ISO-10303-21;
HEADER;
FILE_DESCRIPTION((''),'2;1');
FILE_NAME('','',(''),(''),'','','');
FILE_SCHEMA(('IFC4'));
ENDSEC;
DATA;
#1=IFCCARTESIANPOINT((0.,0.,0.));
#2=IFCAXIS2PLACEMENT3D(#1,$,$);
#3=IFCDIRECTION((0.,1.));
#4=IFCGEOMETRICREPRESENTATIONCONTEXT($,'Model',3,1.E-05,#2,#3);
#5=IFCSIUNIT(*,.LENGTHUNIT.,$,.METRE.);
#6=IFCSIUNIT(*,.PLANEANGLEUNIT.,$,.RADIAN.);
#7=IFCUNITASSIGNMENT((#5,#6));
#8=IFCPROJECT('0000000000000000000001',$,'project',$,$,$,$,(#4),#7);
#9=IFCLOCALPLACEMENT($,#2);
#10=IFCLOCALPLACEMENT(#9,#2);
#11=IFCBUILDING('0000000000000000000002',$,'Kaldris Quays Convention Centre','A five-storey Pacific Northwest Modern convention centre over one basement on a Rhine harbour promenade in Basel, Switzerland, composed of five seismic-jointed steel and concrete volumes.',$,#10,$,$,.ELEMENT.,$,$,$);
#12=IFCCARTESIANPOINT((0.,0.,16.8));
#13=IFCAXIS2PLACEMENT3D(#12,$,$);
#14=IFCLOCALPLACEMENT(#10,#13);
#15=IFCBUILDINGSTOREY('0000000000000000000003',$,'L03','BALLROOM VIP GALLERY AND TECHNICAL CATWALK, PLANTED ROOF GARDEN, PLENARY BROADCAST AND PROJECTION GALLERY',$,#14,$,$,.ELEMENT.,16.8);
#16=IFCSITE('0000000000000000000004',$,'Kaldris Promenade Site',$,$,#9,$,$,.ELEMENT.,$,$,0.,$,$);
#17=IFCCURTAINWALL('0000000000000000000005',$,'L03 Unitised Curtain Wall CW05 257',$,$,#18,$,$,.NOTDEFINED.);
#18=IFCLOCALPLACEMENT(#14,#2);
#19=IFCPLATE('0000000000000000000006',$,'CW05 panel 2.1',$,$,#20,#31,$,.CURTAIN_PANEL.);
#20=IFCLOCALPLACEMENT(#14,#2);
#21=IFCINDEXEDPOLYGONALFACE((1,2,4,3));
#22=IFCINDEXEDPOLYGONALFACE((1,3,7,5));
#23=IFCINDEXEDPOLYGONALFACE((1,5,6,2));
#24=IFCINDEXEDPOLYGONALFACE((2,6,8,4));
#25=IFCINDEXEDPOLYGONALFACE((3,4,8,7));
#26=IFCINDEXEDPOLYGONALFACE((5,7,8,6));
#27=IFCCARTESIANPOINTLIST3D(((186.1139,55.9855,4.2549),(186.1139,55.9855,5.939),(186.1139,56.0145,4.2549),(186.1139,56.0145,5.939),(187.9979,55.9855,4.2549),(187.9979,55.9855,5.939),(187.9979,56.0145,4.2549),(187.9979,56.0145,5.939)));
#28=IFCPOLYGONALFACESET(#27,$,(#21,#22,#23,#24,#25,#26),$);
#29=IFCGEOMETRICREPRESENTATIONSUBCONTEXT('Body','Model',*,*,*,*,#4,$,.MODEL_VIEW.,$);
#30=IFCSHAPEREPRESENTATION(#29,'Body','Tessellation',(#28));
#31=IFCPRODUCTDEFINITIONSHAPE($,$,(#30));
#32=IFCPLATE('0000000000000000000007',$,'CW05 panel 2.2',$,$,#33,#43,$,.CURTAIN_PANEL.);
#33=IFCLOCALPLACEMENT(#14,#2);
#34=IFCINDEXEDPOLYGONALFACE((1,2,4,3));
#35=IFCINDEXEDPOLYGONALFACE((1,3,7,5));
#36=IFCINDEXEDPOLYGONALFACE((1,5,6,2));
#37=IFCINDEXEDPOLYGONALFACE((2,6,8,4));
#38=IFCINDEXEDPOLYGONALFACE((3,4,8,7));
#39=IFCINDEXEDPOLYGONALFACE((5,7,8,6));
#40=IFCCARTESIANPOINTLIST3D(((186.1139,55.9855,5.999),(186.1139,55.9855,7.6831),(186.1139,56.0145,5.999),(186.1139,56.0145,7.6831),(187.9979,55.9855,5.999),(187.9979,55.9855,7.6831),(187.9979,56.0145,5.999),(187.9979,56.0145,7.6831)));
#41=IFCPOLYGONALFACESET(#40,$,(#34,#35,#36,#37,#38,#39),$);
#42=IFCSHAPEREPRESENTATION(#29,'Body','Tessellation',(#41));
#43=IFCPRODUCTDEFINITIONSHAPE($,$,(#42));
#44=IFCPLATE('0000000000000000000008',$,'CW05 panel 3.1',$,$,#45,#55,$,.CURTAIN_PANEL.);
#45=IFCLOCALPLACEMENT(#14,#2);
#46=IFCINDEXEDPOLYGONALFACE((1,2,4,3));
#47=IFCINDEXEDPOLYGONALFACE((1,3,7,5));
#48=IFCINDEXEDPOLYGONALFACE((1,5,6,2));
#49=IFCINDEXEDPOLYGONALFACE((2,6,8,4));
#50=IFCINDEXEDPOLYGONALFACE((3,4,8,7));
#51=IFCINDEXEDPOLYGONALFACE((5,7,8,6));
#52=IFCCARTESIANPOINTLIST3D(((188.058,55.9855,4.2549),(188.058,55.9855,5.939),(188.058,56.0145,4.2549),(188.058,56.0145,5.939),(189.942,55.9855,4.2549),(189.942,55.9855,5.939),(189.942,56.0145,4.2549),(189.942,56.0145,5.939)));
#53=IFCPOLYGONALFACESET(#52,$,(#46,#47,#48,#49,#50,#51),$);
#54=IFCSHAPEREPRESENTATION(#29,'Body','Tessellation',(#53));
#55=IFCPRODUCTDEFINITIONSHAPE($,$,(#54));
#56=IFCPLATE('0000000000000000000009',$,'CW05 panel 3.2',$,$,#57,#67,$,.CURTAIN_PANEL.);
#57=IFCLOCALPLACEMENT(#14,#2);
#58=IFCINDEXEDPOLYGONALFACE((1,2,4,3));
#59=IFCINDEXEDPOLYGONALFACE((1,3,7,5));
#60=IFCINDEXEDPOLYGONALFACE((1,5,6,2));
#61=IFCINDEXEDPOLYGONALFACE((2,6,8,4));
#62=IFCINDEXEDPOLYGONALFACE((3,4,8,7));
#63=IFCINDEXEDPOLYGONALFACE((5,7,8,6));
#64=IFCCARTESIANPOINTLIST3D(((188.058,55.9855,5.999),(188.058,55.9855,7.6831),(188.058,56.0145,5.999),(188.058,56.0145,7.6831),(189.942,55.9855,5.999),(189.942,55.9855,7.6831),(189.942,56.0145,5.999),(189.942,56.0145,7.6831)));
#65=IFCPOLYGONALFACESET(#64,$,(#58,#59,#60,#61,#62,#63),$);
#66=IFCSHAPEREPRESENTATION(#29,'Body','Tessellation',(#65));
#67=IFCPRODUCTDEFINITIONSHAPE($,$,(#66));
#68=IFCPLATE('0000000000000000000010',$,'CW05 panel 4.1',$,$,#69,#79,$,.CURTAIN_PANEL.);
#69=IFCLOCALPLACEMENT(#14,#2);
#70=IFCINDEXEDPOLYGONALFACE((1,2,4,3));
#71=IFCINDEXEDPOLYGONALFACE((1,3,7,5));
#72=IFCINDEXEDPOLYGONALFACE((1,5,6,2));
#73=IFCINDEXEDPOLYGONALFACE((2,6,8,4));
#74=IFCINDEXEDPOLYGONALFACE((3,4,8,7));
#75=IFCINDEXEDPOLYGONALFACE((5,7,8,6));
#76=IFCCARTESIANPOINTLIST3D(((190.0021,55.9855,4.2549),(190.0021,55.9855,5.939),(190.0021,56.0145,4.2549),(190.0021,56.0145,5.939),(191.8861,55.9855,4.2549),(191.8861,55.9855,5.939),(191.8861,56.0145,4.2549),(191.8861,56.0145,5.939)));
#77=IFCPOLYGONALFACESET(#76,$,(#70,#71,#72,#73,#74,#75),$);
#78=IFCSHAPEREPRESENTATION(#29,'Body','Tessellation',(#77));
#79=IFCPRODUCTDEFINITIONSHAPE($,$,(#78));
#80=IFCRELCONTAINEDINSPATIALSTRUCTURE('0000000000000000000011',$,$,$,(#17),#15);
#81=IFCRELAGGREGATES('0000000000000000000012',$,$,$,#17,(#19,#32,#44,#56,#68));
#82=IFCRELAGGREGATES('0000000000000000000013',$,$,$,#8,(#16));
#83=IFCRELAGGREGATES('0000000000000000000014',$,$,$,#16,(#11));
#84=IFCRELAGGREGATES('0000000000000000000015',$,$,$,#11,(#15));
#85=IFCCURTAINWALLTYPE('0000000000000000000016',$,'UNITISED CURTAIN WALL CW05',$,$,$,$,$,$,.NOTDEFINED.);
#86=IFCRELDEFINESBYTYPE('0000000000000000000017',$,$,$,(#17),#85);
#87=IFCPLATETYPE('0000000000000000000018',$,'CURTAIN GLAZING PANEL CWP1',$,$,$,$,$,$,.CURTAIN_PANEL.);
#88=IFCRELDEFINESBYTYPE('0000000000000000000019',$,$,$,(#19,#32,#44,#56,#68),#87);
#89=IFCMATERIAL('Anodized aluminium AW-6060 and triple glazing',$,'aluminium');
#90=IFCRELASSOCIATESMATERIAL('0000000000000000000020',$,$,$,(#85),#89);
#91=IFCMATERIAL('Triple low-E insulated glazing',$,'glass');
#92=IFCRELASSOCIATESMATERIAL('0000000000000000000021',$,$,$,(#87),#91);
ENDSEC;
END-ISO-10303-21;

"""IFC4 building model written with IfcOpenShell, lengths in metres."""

from ifc_helpers import new_model, si_unit, direction, frame, origin, origin_2d, place, context, subcontext, project, spatial, rectangle, extrude, material, type_object, element, aggregate, save


model = new_model("IFC4")

# Units and contexts
model_context = context("Model", 3, precision=1e-05, world=origin(), true_north=direction((0.0, 1.0)))
body_context = subcontext(model_context, "Body", "Model", "MODEL_VIEW")
ifc_project = project(units=[si_unit("LENGTHUNIT", "METRE"), si_unit("PLANEANGLEUNIT", "RADIAN")], contexts=[model_context])

# Site, building, storey
site_placement = place(None, origin())
site = spatial("IfcSite", under=ifc_project, at=site_placement, Name="Kaldris Promenade Site", CompositionType="ELEMENT", RefElevation=0.0)
building_placement = place(site_placement, origin())
building = spatial("IfcBuilding", under=site, at=building_placement, Name="Kaldris Quays Convention Centre", Description="A five-storey Pacific Northwest Modern convention centre over one basement on a Rhine harbour promenade in Basel, Switzerland, composed of five seismic-jointed steel and concrete volumes.", CompositionType="ELEMENT")
storey_placement = place(building_placement, frame((0.0, 0.0, 16.8)))
storey = spatial("IfcBuildingStorey", under=building, at=storey_placement, Name="L03", Description="BALLROOM VIP GALLERY AND TECHNICAL CATWALK, PLANTED ROOF GARDEN, PLENARY BROADCAST AND PROJECTION GALLERY", CompositionType="ELEMENT", Elevation=16.8)

# Curtain wall
ifc_material_1 = material(Name="Anodized aluminium AW-6060 and triple glazing", Category="aluminium")
curtain_wall_type_1 = type_object("IfcCurtainWallType", Name="UNITISED CURTAIN WALL CW05", PredefinedType="NOTDEFINED", material=ifc_material_1)
curtain_wall_1_placement = place(storey_placement, origin())
curtain_wall_1 = element("IfcCurtainWall", 1, at=curtain_wall_1_placement, inside=storey, type_object=curtain_wall_type_1, Name="L03 Unitised Curtain Wall CW05 257", PredefinedType="NOTDEFINED")

# Plates
ifc_material_2 = material(Name="Triple low-E insulated glazing", Category="glass")
plate_type = type_object("IfcPlateType", Name="CURTAIN GLAZING PANEL CWP1", PredefinedType="CURTAIN_PANEL", material=ifc_material_2)
plate_1_placement = place(storey_placement, frame((187.0559, 56.0, 4.2549), z_axis=(0.0, 0.0, 1.0), x_axis=(1.0, 0.0, 0.0)))
plate_1 = element("IfcPlate", 2, at=plate_1_placement, type_object=plate_type, Name="CW05 panel 2.1", PredefinedType="CURTAIN_PANEL", context=body_context, shape_type="SweptSolid", body=[
    extrude(rectangle(XDim=1.884, YDim=0.0291, at=origin_2d()), origin(), (0.0, 0.0, 1.0), 1.6841),
])
plate_2_placement = place(storey_placement, frame((187.0559, 56.0, 5.999), z_axis=(0.0, 0.0, 1.0), x_axis=(1.0, 0.0, 0.0)))
plate_2 = element("IfcPlate", 3, at=plate_2_placement, type_object=plate_type, Name="CW05 panel 2.2", PredefinedType="CURTAIN_PANEL", context=body_context, shape_type="SweptSolid", body=[
    extrude(rectangle(XDim=1.884, YDim=0.0291, at=origin_2d()), origin(), (0.0, 0.0, 1.0), 1.6841),
])
plate_3_placement = place(storey_placement, frame((189.0, 56.0, 4.2549), z_axis=(0.0, 0.0, 1.0), x_axis=(1.0, 0.0, 0.0)))
plate_3 = element("IfcPlate", 4, at=plate_3_placement, type_object=plate_type, Name="CW05 panel 3.1", PredefinedType="CURTAIN_PANEL", context=body_context, shape_type="SweptSolid", body=[
    extrude(rectangle(XDim=1.884, YDim=0.0291, at=origin_2d()), origin(), (0.0, 0.0, 1.0), 1.6841),
])
plate_4_placement = place(storey_placement, frame((189.0, 56.0, 5.999), z_axis=(0.0, 0.0, 1.0), x_axis=(1.0, 0.0, 0.0)))
plate_4 = element("IfcPlate", 5, at=plate_4_placement, type_object=plate_type, Name="CW05 panel 3.2", PredefinedType="CURTAIN_PANEL", context=body_context, shape_type="SweptSolid", body=[
    extrude(rectangle(XDim=1.884, YDim=0.0291, at=origin_2d()), origin(), (0.0, 0.0, 1.0), 1.6841),
])
plate_5_placement = place(storey_placement, frame((190.9441, 56.0, 4.2549), z_axis=(0.0, 0.0, 1.0), x_axis=(1.0, 0.0, 0.0)))
plate_5 = element("IfcPlate", 6, at=plate_5_placement, type_object=plate_type, Name="CW05 panel 4.1", PredefinedType="CURTAIN_PANEL", context=body_context, shape_type="SweptSolid", body=[
    extrude(rectangle(XDim=1.884, YDim=0.0291, at=origin_2d()), origin(), (0.0, 0.0, 1.0), 1.6841),
])
aggregate(curtain_wall_1, [plate_1, plate_2, plate_3, plate_4, plate_5])

save(model, "model.ifc")
